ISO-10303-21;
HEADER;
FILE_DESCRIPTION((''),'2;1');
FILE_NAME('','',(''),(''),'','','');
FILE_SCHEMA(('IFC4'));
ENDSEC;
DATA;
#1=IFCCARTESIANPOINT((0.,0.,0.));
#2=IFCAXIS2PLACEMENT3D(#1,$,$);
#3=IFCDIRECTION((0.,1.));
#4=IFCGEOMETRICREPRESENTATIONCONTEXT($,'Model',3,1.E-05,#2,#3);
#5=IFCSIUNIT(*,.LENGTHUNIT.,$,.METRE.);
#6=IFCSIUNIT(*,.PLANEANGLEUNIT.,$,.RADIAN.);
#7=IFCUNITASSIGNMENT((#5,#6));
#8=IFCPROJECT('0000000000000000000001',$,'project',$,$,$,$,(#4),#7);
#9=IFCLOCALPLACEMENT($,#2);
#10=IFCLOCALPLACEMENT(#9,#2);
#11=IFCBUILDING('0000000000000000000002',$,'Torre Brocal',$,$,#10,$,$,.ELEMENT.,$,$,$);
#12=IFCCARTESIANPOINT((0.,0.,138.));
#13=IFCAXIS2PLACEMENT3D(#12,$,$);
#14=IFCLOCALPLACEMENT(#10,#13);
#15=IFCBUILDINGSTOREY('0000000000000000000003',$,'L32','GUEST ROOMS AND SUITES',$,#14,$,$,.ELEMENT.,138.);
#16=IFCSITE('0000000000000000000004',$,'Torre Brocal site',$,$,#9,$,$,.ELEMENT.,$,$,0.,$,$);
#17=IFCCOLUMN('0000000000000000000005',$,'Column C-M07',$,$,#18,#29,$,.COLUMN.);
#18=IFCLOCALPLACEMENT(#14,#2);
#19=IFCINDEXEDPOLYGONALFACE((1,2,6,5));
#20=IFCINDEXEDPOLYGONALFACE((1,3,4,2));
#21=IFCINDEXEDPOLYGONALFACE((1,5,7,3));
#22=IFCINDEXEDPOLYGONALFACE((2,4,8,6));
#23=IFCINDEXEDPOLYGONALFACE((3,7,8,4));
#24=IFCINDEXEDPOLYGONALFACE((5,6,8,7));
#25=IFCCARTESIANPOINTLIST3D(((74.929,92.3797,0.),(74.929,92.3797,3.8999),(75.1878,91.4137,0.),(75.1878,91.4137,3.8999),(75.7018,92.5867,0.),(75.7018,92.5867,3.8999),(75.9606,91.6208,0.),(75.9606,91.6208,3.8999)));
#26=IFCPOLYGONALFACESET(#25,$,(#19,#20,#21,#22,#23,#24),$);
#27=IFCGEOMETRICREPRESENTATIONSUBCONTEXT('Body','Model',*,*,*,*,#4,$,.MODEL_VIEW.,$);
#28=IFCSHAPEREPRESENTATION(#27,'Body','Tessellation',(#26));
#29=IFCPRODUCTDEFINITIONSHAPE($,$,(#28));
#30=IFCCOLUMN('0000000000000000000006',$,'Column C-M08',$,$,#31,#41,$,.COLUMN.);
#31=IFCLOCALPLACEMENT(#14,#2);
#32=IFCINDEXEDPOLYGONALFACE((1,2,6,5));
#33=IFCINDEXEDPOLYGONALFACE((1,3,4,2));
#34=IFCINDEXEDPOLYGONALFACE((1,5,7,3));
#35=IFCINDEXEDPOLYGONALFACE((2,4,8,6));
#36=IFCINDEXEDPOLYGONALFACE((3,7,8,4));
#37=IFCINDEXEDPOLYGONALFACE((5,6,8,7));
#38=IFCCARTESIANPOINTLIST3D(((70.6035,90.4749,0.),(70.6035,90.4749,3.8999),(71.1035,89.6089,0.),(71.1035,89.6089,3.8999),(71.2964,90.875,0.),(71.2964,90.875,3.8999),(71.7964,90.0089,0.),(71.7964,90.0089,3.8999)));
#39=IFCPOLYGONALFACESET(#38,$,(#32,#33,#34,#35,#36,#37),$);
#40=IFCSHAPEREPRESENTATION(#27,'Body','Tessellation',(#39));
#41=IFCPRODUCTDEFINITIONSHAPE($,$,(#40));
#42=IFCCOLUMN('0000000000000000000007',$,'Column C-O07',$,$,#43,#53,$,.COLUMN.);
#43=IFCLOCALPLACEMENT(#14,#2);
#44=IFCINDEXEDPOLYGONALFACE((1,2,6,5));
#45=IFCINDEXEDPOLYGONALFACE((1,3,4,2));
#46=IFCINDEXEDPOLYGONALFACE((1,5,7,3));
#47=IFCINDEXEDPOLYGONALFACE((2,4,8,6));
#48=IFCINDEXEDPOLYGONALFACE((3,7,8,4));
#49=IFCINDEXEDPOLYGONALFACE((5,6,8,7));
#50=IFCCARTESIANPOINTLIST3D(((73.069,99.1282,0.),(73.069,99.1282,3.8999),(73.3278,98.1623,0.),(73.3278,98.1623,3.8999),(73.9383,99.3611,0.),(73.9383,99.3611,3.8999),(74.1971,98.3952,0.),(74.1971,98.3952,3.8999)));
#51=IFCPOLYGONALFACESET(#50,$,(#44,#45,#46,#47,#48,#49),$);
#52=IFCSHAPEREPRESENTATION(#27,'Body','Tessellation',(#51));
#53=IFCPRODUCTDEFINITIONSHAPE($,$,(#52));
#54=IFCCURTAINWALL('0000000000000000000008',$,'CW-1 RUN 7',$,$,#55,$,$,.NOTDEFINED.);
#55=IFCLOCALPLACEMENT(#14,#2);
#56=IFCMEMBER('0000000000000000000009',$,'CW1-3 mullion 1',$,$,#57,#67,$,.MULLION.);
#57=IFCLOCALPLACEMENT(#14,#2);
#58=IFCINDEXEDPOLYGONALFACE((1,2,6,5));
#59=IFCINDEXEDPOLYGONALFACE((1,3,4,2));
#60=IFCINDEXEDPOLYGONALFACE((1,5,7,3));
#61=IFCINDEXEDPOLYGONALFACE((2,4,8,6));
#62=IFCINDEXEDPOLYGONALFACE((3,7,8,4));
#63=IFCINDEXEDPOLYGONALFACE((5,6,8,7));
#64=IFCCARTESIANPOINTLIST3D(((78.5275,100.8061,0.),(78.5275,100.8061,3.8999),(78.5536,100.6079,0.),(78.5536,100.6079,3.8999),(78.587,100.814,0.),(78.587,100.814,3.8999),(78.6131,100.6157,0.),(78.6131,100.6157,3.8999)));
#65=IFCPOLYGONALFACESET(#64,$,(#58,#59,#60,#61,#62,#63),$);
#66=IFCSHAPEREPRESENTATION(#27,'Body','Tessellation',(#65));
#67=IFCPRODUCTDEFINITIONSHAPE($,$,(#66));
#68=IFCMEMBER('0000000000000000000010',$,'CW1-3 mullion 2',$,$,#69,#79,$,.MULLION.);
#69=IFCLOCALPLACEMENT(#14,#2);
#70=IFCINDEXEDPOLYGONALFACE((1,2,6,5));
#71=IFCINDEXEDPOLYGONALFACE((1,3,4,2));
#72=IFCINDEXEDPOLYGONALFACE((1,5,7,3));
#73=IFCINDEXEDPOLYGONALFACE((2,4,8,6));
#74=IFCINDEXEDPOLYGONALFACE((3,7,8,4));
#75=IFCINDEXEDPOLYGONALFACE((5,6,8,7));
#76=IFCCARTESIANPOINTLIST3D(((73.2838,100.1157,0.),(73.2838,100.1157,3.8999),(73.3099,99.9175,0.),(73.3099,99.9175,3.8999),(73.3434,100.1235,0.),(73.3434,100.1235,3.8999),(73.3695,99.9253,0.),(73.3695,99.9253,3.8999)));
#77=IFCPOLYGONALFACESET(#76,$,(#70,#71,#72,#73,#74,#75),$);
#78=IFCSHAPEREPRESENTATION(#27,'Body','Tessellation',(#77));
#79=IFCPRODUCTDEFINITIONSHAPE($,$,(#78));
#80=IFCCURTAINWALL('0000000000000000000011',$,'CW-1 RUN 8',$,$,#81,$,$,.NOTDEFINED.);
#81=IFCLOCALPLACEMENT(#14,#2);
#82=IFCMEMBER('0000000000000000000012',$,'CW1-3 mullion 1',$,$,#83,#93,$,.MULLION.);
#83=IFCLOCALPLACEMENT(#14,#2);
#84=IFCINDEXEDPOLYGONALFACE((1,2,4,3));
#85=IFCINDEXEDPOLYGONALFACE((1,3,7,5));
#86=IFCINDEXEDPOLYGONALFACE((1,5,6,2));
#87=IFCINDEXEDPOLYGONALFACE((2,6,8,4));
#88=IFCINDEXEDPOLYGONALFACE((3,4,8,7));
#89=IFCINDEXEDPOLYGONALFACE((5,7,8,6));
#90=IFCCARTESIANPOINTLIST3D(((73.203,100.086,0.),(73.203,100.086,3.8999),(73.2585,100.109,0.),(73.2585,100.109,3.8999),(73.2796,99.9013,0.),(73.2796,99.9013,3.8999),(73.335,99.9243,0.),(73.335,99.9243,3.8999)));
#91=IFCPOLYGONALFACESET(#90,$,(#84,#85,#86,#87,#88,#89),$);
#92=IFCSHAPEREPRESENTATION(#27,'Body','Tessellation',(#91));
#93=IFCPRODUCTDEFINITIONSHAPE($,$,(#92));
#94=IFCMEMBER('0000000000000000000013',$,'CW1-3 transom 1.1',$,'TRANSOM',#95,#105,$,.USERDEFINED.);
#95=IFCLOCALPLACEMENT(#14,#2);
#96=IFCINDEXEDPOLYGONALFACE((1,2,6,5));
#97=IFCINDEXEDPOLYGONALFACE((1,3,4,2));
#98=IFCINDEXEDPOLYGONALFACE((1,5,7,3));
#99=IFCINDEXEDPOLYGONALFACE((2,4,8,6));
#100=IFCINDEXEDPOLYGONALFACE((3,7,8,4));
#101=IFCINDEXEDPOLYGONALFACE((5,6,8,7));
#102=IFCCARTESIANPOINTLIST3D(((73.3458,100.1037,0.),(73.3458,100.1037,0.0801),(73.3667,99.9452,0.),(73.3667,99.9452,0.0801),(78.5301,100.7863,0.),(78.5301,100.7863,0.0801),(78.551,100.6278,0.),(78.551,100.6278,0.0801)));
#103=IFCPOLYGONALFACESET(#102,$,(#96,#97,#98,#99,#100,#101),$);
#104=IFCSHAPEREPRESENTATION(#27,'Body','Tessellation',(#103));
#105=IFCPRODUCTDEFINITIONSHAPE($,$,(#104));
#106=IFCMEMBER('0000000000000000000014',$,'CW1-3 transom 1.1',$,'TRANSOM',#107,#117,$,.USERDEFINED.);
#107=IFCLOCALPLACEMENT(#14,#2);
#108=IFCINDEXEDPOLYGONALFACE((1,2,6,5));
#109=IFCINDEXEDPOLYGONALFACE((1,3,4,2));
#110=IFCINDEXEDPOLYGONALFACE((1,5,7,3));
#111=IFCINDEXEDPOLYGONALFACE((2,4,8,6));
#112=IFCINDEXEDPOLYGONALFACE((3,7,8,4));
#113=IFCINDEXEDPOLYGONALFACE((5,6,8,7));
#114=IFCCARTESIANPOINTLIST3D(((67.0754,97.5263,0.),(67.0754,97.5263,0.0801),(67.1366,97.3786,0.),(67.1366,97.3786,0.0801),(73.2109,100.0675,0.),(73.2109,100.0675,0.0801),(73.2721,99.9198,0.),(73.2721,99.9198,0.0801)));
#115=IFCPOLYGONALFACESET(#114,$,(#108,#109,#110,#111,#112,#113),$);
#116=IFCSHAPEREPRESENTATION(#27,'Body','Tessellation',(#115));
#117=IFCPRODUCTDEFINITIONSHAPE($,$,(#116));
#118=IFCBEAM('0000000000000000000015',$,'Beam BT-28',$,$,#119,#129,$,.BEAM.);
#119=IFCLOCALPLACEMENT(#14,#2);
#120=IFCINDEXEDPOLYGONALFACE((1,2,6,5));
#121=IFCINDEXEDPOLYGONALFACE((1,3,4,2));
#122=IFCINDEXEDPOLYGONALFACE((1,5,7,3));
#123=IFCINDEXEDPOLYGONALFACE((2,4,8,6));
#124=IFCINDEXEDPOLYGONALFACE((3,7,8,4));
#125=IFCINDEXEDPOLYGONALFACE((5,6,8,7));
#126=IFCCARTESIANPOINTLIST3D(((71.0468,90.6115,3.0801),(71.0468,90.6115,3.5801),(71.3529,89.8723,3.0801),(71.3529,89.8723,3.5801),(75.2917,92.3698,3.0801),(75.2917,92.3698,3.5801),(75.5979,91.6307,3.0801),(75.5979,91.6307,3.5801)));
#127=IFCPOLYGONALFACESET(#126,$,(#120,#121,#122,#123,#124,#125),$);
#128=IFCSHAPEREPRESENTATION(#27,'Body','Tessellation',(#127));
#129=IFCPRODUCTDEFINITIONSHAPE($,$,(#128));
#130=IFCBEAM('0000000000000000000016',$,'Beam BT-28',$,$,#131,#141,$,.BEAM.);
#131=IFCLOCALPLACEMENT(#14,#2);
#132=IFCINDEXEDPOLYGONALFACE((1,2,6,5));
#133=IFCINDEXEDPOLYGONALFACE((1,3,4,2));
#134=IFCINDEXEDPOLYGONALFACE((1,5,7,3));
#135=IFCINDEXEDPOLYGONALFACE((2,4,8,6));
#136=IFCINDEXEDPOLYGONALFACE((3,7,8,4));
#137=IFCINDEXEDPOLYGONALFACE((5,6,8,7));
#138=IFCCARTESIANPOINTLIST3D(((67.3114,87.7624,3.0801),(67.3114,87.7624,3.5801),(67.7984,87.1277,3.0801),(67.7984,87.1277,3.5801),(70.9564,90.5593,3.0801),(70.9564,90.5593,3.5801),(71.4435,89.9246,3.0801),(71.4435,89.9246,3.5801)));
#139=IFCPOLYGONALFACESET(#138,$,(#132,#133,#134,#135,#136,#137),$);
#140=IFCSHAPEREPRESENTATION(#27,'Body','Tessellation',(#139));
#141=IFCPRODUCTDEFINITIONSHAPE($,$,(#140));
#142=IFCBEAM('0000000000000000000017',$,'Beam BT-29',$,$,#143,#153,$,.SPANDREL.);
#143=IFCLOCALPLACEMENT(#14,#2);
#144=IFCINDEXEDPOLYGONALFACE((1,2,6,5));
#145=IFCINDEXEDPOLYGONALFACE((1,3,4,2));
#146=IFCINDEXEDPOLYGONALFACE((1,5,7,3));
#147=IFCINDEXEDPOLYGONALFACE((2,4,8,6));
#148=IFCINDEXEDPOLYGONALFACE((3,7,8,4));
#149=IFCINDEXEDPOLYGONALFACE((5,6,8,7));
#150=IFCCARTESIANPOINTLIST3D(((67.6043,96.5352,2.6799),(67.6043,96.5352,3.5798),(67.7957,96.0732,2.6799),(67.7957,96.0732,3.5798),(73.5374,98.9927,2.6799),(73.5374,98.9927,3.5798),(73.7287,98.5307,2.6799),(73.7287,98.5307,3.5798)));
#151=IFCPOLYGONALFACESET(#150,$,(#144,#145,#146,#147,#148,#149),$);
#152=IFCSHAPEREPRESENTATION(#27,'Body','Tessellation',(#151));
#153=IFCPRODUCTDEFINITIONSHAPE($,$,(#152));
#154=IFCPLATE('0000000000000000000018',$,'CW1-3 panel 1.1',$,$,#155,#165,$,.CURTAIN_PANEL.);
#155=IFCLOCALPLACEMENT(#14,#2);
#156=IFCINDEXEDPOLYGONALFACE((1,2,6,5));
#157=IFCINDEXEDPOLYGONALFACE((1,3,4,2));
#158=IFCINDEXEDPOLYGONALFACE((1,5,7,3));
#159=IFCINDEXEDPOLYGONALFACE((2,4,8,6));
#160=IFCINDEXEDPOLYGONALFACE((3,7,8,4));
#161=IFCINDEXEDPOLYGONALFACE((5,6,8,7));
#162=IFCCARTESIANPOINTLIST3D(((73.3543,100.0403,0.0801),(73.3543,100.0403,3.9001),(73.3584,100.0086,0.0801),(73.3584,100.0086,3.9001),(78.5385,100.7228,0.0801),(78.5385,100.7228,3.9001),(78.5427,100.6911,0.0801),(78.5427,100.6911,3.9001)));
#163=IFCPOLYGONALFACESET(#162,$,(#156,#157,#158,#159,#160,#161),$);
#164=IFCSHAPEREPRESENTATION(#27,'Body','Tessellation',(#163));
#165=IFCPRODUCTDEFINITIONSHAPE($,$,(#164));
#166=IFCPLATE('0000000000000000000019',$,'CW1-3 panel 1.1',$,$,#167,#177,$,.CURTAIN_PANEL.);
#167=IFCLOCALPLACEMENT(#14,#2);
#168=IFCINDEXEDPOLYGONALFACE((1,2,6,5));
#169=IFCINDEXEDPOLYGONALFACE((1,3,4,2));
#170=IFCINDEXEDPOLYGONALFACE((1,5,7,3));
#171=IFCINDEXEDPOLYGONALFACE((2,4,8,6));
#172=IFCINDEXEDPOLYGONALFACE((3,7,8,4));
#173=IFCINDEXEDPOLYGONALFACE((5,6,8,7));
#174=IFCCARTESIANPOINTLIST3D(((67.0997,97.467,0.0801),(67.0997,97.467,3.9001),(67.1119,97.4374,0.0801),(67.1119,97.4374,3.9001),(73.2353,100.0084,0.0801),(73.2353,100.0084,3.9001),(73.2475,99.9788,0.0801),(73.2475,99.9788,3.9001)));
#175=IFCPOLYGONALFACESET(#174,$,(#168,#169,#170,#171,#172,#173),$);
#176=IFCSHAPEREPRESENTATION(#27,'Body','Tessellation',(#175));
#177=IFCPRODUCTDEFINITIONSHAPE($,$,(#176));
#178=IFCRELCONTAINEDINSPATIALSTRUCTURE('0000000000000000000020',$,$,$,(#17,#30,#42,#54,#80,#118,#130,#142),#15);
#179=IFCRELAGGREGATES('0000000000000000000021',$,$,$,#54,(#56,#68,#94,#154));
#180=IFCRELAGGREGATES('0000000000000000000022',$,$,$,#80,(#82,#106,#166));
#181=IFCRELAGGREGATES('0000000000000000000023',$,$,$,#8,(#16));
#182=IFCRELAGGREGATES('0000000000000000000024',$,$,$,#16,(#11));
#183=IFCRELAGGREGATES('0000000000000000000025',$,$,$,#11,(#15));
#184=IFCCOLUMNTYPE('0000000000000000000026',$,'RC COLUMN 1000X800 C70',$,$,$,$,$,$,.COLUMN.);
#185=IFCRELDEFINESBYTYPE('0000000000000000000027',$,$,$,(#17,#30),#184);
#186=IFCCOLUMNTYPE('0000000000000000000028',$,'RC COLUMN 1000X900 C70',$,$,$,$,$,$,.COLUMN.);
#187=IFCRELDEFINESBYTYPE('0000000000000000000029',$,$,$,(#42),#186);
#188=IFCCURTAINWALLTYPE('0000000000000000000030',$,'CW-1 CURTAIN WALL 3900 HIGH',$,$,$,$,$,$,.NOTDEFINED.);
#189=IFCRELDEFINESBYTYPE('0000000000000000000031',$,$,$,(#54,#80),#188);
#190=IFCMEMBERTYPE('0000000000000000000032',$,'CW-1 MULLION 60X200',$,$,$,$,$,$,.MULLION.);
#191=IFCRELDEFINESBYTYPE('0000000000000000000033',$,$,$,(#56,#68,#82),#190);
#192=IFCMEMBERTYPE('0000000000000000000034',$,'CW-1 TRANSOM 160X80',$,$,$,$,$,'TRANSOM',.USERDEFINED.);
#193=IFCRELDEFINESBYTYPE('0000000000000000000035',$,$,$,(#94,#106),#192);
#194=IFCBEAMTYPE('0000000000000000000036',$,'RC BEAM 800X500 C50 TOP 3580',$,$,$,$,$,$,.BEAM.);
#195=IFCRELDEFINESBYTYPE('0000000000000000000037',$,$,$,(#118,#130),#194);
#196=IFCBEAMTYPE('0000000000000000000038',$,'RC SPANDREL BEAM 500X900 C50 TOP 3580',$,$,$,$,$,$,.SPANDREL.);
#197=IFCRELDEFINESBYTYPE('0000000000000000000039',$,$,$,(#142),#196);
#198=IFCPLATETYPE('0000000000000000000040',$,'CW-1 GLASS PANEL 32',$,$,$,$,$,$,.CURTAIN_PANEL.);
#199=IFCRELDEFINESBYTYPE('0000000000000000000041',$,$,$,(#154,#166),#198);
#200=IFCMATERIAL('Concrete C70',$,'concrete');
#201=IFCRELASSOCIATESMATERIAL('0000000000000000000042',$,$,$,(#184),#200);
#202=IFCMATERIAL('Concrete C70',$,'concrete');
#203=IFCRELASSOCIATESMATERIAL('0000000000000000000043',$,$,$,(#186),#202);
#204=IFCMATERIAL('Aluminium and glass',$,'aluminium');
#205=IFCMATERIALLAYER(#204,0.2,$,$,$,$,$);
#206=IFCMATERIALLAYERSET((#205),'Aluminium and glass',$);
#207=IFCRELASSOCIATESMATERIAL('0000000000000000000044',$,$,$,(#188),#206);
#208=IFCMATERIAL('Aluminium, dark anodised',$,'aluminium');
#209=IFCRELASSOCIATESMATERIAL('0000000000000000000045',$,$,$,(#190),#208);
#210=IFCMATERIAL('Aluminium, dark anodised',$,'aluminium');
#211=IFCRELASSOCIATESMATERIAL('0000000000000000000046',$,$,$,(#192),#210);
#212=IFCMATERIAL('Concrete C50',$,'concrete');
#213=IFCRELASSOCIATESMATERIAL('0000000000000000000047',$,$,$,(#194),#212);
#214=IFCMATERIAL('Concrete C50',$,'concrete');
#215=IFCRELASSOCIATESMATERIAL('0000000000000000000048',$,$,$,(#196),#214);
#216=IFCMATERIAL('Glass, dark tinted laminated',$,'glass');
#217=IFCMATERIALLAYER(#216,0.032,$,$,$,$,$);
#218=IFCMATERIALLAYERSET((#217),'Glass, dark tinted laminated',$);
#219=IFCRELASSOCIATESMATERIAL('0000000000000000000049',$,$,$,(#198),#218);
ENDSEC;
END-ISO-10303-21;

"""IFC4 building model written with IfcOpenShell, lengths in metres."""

from ifc_helpers import new_model, si_unit, direction, frame, origin, origin_2d, place, context, subcontext, project, spatial, rectangle, extrude, material, layer, layer_set, material_profile, profile_set, type_object, element, aggregate, save


model = new_model("IFC4")

# Units and contexts
model_context = context("Model", 3, precision=1e-05, world=origin(), true_north=direction((0.0, 1.0)))
body_context = subcontext(model_context, "Body", "Model", "MODEL_VIEW")
ifc_project = project(units=[si_unit("LENGTHUNIT", "METRE"), si_unit("PLANEANGLEUNIT", "RADIAN")], contexts=[model_context])

# Site, building, storey
site_placement = place(None, origin())
site = spatial("IfcSite", under=ifc_project, at=site_placement, Name="Torre Brocal site", CompositionType="ELEMENT", RefElevation=0.0)
building_placement = place(site_placement, origin())
building = spatial("IfcBuilding", under=site, at=building_placement, Name="Torre Brocal", CompositionType="ELEMENT")
storey_placement = place(building_placement, frame((0.0, 0.0, 138.0)))
storey = spatial("IfcBuildingStorey", under=building, at=storey_placement, Name="L32", Description="GUEST ROOMS AND SUITES", CompositionType="ELEMENT", Elevation=138.0)

# Columns
ifc_material_1 = material(Name="Concrete C70", Category="concrete")
ifc_material_profile_1 = material_profile(ifc_material_1, rectangle(XDim=1.0, YDim=0.8, at=origin_2d()), Name="RC 1000X800")
ifc_profile_set_1 = profile_set([ifc_material_profile_1], Name="Concrete C70")
column_type_1 = type_object("IfcColumnType", Name="RC COLUMN 1000X800 C70", PredefinedType="COLUMN", material=ifc_profile_set_1)
for number, where, z_axis, x_axis, name in (
    (1, (75.4448, 92.0002, 0.0), (0.0, 0.0, 1.0), (-0.258819, 0.965926, 0.0), "Column C-M07"),
    (2, (71.2, 90.2419, 0.0), (0.0, 0.0, 1.0), (-0.5, 0.866025, 0.0), "Column C-M08"),
):
    element("IfcColumn", number, at=place(storey_placement, frame(where, z_axis=z_axis, x_axis=x_axis)), inside=storey, type_object=column_type_1, Name=name, PredefinedType="COLUMN", context=body_context, shape_type="SweptSolid", body=[
        extrude(rectangle(XDim=1.0, YDim=0.8, at=origin_2d()), origin(), (0.0, 0.0, 1.0), 3.8999),
    ])
ifc_material_2 = material(Name="Concrete C70", Category="concrete")
ifc_material_profile_2 = material_profile(ifc_material_2, rectangle(XDim=1.0, YDim=0.8999, at=origin_2d()), Name="RC 1000X900")
ifc_profile_set_2 = profile_set([ifc_material_profile_2], Name="Concrete C70")
column_type_2 = type_object("IfcColumnType", Name="RC COLUMN 1000X900 C70", PredefinedType="COLUMN", material=ifc_profile_set_2)
column_placement = place(storey_placement, frame((73.6331, 98.7617, 0.0), z_axis=(0.0, 0.0, 1.0), x_axis=(-0.258819, 0.965926, 0.0)))
element("IfcColumn", 3, at=column_placement, inside=storey, type_object=column_type_2, Name="Column C-O07", PredefinedType="COLUMN", context=body_context, shape_type="SweptSolid", body=[
    extrude(rectangle(XDim=1.0, YDim=0.8999, at=origin_2d()), origin(), (0.0, 0.0, 1.0), 3.8999),
])

# Curtain wall, members
ifc_material_3 = material(Name="Aluminium and glass", Category="aluminium")
ifc_layer_1 = layer(ifc_material_3, 0.2)
ifc_layer_set_1 = layer_set([ifc_layer_1], Name="Aluminium and glass")
curtain_wall_type = type_object("IfcCurtainWallType", Name="CW-1 CURTAIN WALL 3900 HIGH", PredefinedType="NOTDEFINED", material=ifc_layer_set_1)
curtain_wall_1_placement = place(storey_placement, origin())
curtain_wall_1 = element("IfcCurtainWall", 4, at=curtain_wall_1_placement, inside=storey, type_object=curtain_wall_type, Name="CW-1 RUN 7", PredefinedType="NOTDEFINED")
ifc_material_4 = material(Name="Aluminium, dark anodised", Category="aluminium")
ifc_material_profile_3 = material_profile(ifc_material_4, rectangle(XDim=0.2, YDim=0.0601, at=origin_2d()), Name="CW-1 MULLION 60X200")
ifc_profile_set_3 = profile_set([ifc_material_profile_3], Name="Aluminium, dark anodised")
member_type_1 = type_object("IfcMemberType", Name="CW-1 MULLION 60X200", PredefinedType="MULLION", material=ifc_profile_set_3)
member_1_placement = place(storey_placement, frame((78.5703, 100.7109, 0.0), z_axis=(0.0, 0.0, 1.0), x_axis=(0.130526, -0.991445, 0.0)))
member_1 = element("IfcMember", 5, at=member_1_placement, type_object=member_type_1, Name="CW1-3 mullion 1", PredefinedType="MULLION", context=body_context, shape_type="SweptSolid", body=[
    extrude(rectangle(XDim=0.2, YDim=0.0601, at=origin_2d()), origin(), (0.0, 0.0, 1.0), 3.8999),
])
member_2_placement = place(storey_placement, frame((73.3267, 100.0205, 0.0), z_axis=(0.0, 0.0, 1.0), x_axis=(0.130526, -0.991445, 0.0)))
member_2 = element("IfcMember", 6, at=member_2_placement, type_object=member_type_1, Name="CW1-3 mullion 2", PredefinedType="MULLION", context=body_context, shape_type="SweptSolid", body=[
    extrude(rectangle(XDim=0.2, YDim=0.0601, at=origin_2d()), origin(), (0.0, 0.0, 1.0), 3.8999),
])

# Curtain wall, member
curtain_wall_2_placement = place(storey_placement, origin())
curtain_wall_2 = element("IfcCurtainWall", 7, at=curtain_wall_2_placement, inside=storey, type_object=curtain_wall_type, Name="CW-1 RUN 8", PredefinedType="NOTDEFINED")
member_3_placement = place(storey_placement, frame((73.269, 100.0051, 0.0), z_axis=(0.0, 0.0, 1.0), x_axis=(0.382683, -0.92388, 0.0)))
member_3 = element("IfcMember", 8, at=member_3_placement, type_object=member_type_1, Name="CW1-3 mullion 1", PredefinedType="MULLION", context=body_context, shape_type="SweptSolid", body=[
    extrude(rectangle(XDim=0.2, YDim=0.0601, at=origin_2d()), origin(), (0.0, 0.0, 1.0), 3.8999),
])

# Members
ifc_material_5 = material(Name="Aluminium, dark anodised", Category="aluminium")
ifc_material_profile_4 = material_profile(ifc_material_5, rectangle(XDim=0.1599, YDim=0.0801, at=origin_2d()), Name="CW-1 TRANSOM 160X80")
ifc_profile_set_4 = profile_set([ifc_material_profile_4], Name="Aluminium, dark anodised")
member_type_2 = type_object("IfcMemberType", Name="CW-1 TRANSOM 160X80", ElementType="TRANSOM", PredefinedType="USERDEFINED", material=ifc_profile_set_4)
member_4_placement = place(storey_placement, frame((78.5405, 100.707, 0.04), z_axis=(-0.991443, -0.130543, 0.0), x_axis=(0.130543, -0.991443, 0.0)))
member_4 = element("IfcMember", 9, at=member_4_placement, type_object=member_type_2, Name="CW1-3 transom 1.1", ObjectType="TRANSOM", PredefinedType="USERDEFINED", context=body_context, shape_type="SweptSolid", body=[
    extrude(rectangle(XDim=0.1599, YDim=0.0801, at=origin_2d()), origin(), (0.0, 0.0, 1.0), 5.229),
])
member_5_placement = place(storey_placement, frame((73.2415, 99.9937, 0.04), z_axis=(-0.923887, -0.382665, 0.0), x_axis=(0.382665, -0.923887, 0.0)))
member_5 = element("IfcMember", 10, at=member_5_placement, type_object=member_type_2, Name="CW1-3 transom 1.1", ObjectType="TRANSOM", PredefinedType="USERDEFINED", context=body_context, shape_type="SweptSolid", body=[
    extrude(rectangle(XDim=0.1599, YDim=0.0801, at=origin_2d()), origin(), (0.0, 0.0, 1.0), 6.6409),
])

# Beams
ifc_material_6 = material(Name="Concrete C50", Category="concrete")
ifc_material_profile_5 = material_profile(ifc_material_6, rectangle(XDim=0.8, YDim=0.5, at=origin_2d()), Name="RC 800X500")
ifc_profile_set_5 = profile_set([ifc_material_profile_5], Name="Concrete C50")
beam_type_1 = type_object("IfcBeamType", Name="RC BEAM 800X500 C50 TOP 3580", PredefinedType="BEAM", material=ifc_profile_set_5)
beam_1_placement = place(storey_placement, frame((75.4448, 92.0002, 3.3301), z_axis=(-0.923878, -0.382687, 0.0), x_axis=(0.382687, -0.923878, 0.0)))
element("IfcBeam", 11, at=beam_1_placement, inside=storey, type_object=beam_type_1, Name="Beam BT-28", PredefinedType="BEAM", context=body_context, shape_type="SweptSolid", body=[
    extrude(rectangle(XDim=0.8, YDim=0.5, at=origin_2d()), origin(), (0.0, 0.0, 1.0), 4.5947),
])
beam_2_placement = place(storey_placement, frame((71.2, 90.2419, 3.3301), z_axis=(-0.793358, -0.608755, 0.0), x_axis=(0.608755, -0.793358, 0.0)))
element("IfcBeam", 12, at=beam_2_placement, inside=storey, type_object=beam_type_1, Name="Beam BT-28", PredefinedType="BEAM", context=body_context, shape_type="SweptSolid", body=[
    extrude(rectangle(XDim=0.8, YDim=0.5, at=origin_2d()), origin(), (0.0, 0.0, 1.0), 4.5945),
])
ifc_material_7 = material(Name="Concrete C50", Category="concrete")
ifc_material_profile_6 = material_profile(ifc_material_7, rectangle(XDim=0.5, YDim=0.8999, at=origin_2d()), Name="RC 500X900")
ifc_profile_set_6 = profile_set([ifc_material_profile_6], Name="Concrete C50")
beam_type_2 = type_object("IfcBeamType", Name="RC SPANDREL BEAM 500X900 C50 TOP 3580", PredefinedType="SPANDREL", material=ifc_profile_set_6)
beam_3_placement = place(storey_placement, frame((73.6331, 98.7617, 3.1299), z_axis=(-0.923882, -0.382676, 0.0), x_axis=(0.382676, -0.923882, 0.0)))
element("IfcBeam", 13, at=beam_3_placement, inside=storey, type_object=beam_type_2, Name="Beam BT-29", PredefinedType="SPANDREL", context=body_context, shape_type="SweptSolid", body=[
    extrude(rectangle(XDim=0.5, YDim=0.8999, at=origin_2d()), origin(), (0.0, 0.0, 1.0), 6.4219),
])

# Plates
ifc_material_8 = material(Name="Glass, dark tinted laminated", Category="glass")
ifc_layer_2 = layer(ifc_material_8, 0.032)
ifc_layer_set_2 = layer_set([ifc_layer_2], Name="Glass, dark tinted laminated")
plate_type = type_object("IfcPlateType", Name="CW-1 GLASS PANEL 32", PredefinedType="CURTAIN_PANEL", material=ifc_layer_set_2)
plate_1_placement = place(storey_placement, frame((75.9485, 100.3657, 0.0801), z_axis=(0.0, 0.0, 1.0), x_axis=(-0.991445, -0.130526, 0.0)))
plate_1 = element("IfcPlate", 14, at=plate_1_placement, type_object=plate_type, Name="CW1-3 panel 1.1", PredefinedType="CURTAIN_PANEL", context=body_context, shape_type="SweptSolid", body=[
    extrude(rectangle(XDim=5.229, YDim=0.032, at=origin_2d()), origin(), (0.0, 0.0, 1.0), 3.8201),
])
aggregate(curtain_wall_1, [member_1, member_2, member_4, plate_1])
plate_2_placement = place(storey_placement, frame((70.1736, 98.7229, 0.0801), z_axis=(0.0, 0.0, 1.0), x_axis=(-0.92388, -0.382683, 0.0)))
plate_2 = element("IfcPlate", 15, at=plate_2_placement, type_object=plate_type, Name="CW1-3 panel 1.1", PredefinedType="CURTAIN_PANEL", context=body_context, shape_type="SweptSolid", body=[
    extrude(rectangle(XDim=6.6411, YDim=0.032, at=origin_2d()), origin(), (0.0, 0.0, 1.0), 3.8201),
])
aggregate(curtain_wall_2, [member_3, member_5, plate_2])

save(model, "model.ifc")
